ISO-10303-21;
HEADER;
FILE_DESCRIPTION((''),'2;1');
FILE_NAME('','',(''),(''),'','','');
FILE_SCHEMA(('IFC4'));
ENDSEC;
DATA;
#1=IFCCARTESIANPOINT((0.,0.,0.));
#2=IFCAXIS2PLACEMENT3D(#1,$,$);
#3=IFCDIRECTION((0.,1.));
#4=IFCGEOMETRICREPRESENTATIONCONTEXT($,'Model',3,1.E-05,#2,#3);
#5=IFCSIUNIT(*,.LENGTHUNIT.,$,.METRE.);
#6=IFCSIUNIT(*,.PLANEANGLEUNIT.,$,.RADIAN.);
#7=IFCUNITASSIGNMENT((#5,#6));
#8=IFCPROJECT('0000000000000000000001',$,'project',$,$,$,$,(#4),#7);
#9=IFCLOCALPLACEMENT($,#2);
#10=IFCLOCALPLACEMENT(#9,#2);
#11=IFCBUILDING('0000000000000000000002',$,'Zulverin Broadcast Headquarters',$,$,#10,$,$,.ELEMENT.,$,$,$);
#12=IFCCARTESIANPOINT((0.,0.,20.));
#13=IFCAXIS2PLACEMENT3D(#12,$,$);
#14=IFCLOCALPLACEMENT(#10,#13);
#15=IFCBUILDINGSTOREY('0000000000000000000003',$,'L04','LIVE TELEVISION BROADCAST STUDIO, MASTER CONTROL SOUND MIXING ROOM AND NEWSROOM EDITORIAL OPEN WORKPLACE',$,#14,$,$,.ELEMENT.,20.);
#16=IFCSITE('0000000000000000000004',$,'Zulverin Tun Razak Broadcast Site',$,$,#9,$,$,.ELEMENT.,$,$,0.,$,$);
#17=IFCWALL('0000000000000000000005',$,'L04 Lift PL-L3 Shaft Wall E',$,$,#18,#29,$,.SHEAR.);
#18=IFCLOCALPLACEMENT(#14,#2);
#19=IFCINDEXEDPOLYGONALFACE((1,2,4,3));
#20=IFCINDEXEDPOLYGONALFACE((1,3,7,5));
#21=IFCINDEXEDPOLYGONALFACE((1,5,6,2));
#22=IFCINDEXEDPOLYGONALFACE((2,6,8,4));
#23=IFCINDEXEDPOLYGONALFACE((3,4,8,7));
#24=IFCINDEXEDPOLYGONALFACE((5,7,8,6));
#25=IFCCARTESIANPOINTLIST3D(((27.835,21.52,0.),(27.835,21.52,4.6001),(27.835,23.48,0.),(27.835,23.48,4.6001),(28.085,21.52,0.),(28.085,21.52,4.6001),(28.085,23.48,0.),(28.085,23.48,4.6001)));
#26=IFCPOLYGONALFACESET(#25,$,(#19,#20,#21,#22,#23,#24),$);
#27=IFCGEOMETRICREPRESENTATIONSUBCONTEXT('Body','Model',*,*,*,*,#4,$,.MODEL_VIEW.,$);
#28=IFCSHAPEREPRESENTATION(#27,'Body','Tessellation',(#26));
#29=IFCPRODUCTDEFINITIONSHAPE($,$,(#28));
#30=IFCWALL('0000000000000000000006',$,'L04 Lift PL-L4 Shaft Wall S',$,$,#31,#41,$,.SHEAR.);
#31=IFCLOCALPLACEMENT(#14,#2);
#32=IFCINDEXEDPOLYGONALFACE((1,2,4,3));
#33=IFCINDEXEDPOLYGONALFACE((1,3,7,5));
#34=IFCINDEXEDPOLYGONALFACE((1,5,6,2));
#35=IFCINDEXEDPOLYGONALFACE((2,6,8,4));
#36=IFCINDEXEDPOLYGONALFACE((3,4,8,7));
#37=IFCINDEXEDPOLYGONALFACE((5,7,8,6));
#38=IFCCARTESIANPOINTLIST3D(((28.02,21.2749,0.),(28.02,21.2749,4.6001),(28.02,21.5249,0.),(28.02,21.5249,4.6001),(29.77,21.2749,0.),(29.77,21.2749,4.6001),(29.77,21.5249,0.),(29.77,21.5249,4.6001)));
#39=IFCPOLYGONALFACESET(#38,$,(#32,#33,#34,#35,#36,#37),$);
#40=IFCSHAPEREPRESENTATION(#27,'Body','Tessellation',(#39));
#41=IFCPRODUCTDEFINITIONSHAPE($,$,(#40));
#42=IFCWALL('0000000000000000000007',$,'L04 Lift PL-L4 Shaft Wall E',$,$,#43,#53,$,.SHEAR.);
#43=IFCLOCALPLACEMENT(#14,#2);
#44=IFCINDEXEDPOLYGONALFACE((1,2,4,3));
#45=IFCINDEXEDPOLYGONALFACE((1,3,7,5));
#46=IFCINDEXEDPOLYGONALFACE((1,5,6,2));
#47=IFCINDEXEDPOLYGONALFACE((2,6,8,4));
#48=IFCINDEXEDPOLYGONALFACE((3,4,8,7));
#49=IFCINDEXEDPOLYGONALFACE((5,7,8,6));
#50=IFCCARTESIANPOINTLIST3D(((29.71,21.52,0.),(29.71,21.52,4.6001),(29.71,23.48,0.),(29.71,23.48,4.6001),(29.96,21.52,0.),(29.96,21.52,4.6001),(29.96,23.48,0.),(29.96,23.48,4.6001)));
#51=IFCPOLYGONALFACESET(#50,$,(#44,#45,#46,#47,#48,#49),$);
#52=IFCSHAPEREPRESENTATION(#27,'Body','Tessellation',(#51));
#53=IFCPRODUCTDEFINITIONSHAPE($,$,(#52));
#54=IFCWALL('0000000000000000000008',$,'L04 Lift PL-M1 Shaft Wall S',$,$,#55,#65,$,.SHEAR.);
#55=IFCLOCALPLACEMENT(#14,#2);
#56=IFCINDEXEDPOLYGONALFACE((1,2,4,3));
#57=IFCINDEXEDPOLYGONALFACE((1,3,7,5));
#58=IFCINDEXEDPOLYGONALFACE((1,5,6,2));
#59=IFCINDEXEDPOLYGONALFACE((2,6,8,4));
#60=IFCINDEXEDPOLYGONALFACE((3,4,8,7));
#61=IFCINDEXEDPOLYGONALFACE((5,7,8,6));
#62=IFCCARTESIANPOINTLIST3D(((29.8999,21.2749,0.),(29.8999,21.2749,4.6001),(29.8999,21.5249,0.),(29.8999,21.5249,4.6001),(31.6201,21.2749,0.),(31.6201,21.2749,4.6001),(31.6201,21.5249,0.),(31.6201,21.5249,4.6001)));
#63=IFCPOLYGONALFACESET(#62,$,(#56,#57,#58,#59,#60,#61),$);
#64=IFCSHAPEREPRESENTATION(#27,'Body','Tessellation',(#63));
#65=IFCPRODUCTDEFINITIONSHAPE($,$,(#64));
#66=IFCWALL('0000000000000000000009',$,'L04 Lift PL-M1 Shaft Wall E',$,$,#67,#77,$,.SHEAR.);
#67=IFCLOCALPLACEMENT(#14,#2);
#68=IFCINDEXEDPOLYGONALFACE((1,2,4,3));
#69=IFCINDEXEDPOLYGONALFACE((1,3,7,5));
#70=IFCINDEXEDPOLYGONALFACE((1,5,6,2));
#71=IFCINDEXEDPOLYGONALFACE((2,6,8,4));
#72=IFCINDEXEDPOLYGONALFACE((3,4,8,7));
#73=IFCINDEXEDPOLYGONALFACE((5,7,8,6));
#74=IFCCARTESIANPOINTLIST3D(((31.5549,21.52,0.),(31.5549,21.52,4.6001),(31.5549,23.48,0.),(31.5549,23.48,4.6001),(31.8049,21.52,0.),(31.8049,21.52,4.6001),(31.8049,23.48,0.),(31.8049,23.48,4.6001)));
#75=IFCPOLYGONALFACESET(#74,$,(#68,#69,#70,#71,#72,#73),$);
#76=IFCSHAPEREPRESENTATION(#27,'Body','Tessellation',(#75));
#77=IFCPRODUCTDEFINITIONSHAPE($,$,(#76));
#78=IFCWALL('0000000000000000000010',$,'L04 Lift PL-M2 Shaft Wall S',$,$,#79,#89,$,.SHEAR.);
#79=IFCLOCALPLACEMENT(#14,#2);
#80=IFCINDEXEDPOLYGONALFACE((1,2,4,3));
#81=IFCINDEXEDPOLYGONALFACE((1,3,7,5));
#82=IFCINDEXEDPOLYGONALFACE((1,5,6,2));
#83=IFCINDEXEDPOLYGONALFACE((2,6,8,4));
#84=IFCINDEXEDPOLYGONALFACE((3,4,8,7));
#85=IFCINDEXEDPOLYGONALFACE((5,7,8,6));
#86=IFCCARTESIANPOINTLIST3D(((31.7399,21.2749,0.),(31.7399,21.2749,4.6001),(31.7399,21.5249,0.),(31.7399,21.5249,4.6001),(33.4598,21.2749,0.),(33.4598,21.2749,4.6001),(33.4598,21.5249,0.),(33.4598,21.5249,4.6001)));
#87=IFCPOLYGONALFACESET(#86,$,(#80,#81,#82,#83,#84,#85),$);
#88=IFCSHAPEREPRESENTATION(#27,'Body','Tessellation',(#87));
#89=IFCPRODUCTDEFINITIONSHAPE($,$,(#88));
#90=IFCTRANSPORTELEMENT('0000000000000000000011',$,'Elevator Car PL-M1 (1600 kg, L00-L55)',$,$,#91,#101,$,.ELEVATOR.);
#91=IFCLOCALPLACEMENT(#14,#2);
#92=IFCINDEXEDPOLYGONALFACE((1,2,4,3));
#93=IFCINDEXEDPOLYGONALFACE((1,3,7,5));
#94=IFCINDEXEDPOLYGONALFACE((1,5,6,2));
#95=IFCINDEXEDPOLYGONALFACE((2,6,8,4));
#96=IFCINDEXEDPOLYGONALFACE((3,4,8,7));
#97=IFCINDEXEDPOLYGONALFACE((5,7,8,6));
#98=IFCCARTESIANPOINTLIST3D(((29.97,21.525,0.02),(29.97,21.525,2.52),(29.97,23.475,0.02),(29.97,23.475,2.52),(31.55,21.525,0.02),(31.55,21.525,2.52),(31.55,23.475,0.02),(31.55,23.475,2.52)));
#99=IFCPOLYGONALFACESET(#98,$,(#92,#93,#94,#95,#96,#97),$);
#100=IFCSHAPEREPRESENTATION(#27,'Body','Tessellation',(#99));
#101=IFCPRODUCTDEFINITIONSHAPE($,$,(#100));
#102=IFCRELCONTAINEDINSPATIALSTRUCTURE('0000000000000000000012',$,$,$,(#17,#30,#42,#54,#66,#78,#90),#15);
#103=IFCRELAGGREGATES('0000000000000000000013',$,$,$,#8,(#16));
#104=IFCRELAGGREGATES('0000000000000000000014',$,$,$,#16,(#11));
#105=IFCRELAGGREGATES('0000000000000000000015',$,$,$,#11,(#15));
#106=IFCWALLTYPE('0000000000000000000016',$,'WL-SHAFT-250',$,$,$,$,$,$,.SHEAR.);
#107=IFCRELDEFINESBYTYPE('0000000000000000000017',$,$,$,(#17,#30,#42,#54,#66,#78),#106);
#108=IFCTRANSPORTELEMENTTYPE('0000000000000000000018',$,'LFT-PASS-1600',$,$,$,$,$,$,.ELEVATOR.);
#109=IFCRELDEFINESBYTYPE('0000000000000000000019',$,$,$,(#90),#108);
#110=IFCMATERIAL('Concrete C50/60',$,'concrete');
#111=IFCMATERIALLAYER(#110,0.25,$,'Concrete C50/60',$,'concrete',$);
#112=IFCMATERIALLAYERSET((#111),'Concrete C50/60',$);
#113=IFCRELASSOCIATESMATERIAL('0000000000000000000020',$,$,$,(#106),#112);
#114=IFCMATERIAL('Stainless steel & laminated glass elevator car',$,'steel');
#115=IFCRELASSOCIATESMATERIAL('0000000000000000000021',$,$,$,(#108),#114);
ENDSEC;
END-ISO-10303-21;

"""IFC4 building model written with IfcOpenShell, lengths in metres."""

from ifc_helpers import new_model, si_unit, direction, frame, frame_2d, origin, origin_2d, place, context, subcontext, project, spatial, rectangle, extrude, material, layer, layer_set, type_object, element, save


model = new_model("IFC4")

# Units and contexts
model_context = context("Model", 3, precision=1e-05, world=origin(), true_north=direction((0.0, 1.0)))
body_context = subcontext(model_context, "Body", "Model", "MODEL_VIEW")
ifc_project = project(units=[si_unit("LENGTHUNIT", "METRE"), si_unit("PLANEANGLEUNIT", "RADIAN")], contexts=[model_context])

# Site, building, storey
site_placement = place(None, origin())
site = spatial("IfcSite", under=ifc_project, at=site_placement, Name="Zulverin Tun Razak Broadcast Site", CompositionType="ELEMENT", RefElevation=0.0)
building_placement = place(site_placement, origin())
building = spatial("IfcBuilding", under=site, at=building_placement, Name="Zulverin Broadcast Headquarters", CompositionType="ELEMENT")
storey_placement = place(building_placement, frame((0.0, 0.0, 20.0)))
storey = spatial("IfcBuildingStorey", under=building, at=storey_placement, Name="L04", Description="LIVE TELEVISION BROADCAST STUDIO, MASTER CONTROL SOUND MIXING ROOM AND NEWSROOM EDITORIAL OPEN WORKPLACE", CompositionType="ELEMENT", Elevation=20.0)

# Walls
ifc_material_1 = material(Name="Concrete C50/60", Category="concrete")
ifc_layer_1 = layer(ifc_material_1, 0.25, Name="Concrete C50/60", Category="concrete")
ifc_layer_set_1 = layer_set([ifc_layer_1], Name="Concrete C50/60")
wall_type_1 = type_object("IfcWallType", Name="WL-SHAFT-250", PredefinedType="SHEAR", material=ifc_layer_set_1)
for number, where, z_axis, x_axis, name in (
    (1, (27.96, 21.52, 0.0), (0.0, 0.0, 1.0), (0.0, 1.0, 0.0), "L04 Lift PL-L3 Shaft Wall E"),
):
    element("IfcWall", number, at=place(storey_placement, frame(where, z_axis=z_axis, x_axis=x_axis)), inside=storey, type_object=wall_type_1, Name=name, PredefinedType="SHEAR", context=body_context, shape_type="SweptSolid", body=[
        extrude(rectangle(XDim=1.96, YDim=0.25, at=frame_2d((0.98, 0.0))), origin(), (0.0, 0.0, 1.0), 4.6001),
    ])
wall_1_placement = place(storey_placement, frame((28.02, 21.3999, 0.0), z_axis=(0.0, 0.0, 1.0), x_axis=(1.0, 0.0, 0.0)))
element("IfcWall", 2, at=wall_1_placement, inside=storey, type_object=wall_type_1, Name="L04 Lift PL-L4 Shaft Wall S", PredefinedType="SHEAR", context=body_context, shape_type="SweptSolid", body=[
    extrude(rectangle(XDim=1.75, YDim=0.25, at=frame_2d((0.875, 0.0))), origin(), (0.0, 0.0, 1.0), 4.6001),
])
wall_2_placement = place(storey_placement, frame((29.835, 21.52, 0.0), z_axis=(0.0, 0.0, 1.0), x_axis=(0.0, 1.0, 0.0)))
element("IfcWall", 3, at=wall_2_placement, inside=storey, type_object=wall_type_1, Name="L04 Lift PL-L4 Shaft Wall E", PredefinedType="SHEAR", context=body_context, shape_type="SweptSolid", body=[
    extrude(rectangle(XDim=1.96, YDim=0.25, at=frame_2d((0.98, 0.0))), origin(), (0.0, 0.0, 1.0), 4.6001),
])
wall_3_placement = place(storey_placement, frame((29.8999, 21.3999, 0.0), z_axis=(0.0, 0.0, 1.0), x_axis=(1.0, 0.0, 0.0)))
element("IfcWall", 4, at=wall_3_placement, inside=storey, type_object=wall_type_1, Name="L04 Lift PL-M1 Shaft Wall S", PredefinedType="SHEAR", context=body_context, shape_type="SweptSolid", body=[
    extrude(rectangle(XDim=1.7202, YDim=0.25, at=frame_2d((0.8601, 0.0))), origin(), (0.0, 0.0, 1.0), 4.6001),
])
wall_4_placement = place(storey_placement, frame((31.6799, 21.52, 0.0), z_axis=(0.0, 0.0, 1.0), x_axis=(0.0, 1.0, 0.0)))
element("IfcWall", 5, at=wall_4_placement, inside=storey, type_object=wall_type_1, Name="L04 Lift PL-M1 Shaft Wall E", PredefinedType="SHEAR", context=body_context, shape_type="SweptSolid", body=[
    extrude(rectangle(XDim=1.96, YDim=0.25, at=frame_2d((0.98, 0.0))), origin(), (0.0, 0.0, 1.0), 4.6001),
])
wall_5_placement = place(storey_placement, frame((31.74, 21.3999, 0.0), z_axis=(0.0, 0.0, 1.0), x_axis=(1.0, 0.0, 0.0)))
element("IfcWall", 6, at=wall_5_placement, inside=storey, type_object=wall_type_1, Name="L04 Lift PL-M2 Shaft Wall S", PredefinedType="SHEAR", context=body_context, shape_type="SweptSolid", body=[
    extrude(rectangle(XDim=1.72, YDim=0.25, at=frame_2d((0.8599, 0.0))), origin(), (0.0, 0.0, 1.0), 4.6001),
])

# Transport element
ifc_material_2 = material(Name="Stainless steel & laminated glass elevator car", Category="steel")
transport_element_type = type_object("IfcTransportElementType", Name="LFT-PASS-1600", PredefinedType="ELEVATOR", material=ifc_material_2)
transport_element_placement = place(storey_placement, frame((30.76, 22.5, 0.02), z_axis=(0.0, 0.0, 1.0), x_axis=(1.0, 0.0, 0.0)))
element("IfcTransportElement", 7, at=transport_element_placement, inside=storey, type_object=transport_element_type, Name="Elevator Car PL-M1 (1600 kg, L00-L55)", PredefinedType="ELEVATOR", context=body_context, shape_type="SweptSolid", body=[
    extrude(rectangle(XDim=1.5801, YDim=1.95, at=origin_2d()), origin(), (0.0, 0.0, 1.0), 2.5),
])

save(model, "model.ifc")
